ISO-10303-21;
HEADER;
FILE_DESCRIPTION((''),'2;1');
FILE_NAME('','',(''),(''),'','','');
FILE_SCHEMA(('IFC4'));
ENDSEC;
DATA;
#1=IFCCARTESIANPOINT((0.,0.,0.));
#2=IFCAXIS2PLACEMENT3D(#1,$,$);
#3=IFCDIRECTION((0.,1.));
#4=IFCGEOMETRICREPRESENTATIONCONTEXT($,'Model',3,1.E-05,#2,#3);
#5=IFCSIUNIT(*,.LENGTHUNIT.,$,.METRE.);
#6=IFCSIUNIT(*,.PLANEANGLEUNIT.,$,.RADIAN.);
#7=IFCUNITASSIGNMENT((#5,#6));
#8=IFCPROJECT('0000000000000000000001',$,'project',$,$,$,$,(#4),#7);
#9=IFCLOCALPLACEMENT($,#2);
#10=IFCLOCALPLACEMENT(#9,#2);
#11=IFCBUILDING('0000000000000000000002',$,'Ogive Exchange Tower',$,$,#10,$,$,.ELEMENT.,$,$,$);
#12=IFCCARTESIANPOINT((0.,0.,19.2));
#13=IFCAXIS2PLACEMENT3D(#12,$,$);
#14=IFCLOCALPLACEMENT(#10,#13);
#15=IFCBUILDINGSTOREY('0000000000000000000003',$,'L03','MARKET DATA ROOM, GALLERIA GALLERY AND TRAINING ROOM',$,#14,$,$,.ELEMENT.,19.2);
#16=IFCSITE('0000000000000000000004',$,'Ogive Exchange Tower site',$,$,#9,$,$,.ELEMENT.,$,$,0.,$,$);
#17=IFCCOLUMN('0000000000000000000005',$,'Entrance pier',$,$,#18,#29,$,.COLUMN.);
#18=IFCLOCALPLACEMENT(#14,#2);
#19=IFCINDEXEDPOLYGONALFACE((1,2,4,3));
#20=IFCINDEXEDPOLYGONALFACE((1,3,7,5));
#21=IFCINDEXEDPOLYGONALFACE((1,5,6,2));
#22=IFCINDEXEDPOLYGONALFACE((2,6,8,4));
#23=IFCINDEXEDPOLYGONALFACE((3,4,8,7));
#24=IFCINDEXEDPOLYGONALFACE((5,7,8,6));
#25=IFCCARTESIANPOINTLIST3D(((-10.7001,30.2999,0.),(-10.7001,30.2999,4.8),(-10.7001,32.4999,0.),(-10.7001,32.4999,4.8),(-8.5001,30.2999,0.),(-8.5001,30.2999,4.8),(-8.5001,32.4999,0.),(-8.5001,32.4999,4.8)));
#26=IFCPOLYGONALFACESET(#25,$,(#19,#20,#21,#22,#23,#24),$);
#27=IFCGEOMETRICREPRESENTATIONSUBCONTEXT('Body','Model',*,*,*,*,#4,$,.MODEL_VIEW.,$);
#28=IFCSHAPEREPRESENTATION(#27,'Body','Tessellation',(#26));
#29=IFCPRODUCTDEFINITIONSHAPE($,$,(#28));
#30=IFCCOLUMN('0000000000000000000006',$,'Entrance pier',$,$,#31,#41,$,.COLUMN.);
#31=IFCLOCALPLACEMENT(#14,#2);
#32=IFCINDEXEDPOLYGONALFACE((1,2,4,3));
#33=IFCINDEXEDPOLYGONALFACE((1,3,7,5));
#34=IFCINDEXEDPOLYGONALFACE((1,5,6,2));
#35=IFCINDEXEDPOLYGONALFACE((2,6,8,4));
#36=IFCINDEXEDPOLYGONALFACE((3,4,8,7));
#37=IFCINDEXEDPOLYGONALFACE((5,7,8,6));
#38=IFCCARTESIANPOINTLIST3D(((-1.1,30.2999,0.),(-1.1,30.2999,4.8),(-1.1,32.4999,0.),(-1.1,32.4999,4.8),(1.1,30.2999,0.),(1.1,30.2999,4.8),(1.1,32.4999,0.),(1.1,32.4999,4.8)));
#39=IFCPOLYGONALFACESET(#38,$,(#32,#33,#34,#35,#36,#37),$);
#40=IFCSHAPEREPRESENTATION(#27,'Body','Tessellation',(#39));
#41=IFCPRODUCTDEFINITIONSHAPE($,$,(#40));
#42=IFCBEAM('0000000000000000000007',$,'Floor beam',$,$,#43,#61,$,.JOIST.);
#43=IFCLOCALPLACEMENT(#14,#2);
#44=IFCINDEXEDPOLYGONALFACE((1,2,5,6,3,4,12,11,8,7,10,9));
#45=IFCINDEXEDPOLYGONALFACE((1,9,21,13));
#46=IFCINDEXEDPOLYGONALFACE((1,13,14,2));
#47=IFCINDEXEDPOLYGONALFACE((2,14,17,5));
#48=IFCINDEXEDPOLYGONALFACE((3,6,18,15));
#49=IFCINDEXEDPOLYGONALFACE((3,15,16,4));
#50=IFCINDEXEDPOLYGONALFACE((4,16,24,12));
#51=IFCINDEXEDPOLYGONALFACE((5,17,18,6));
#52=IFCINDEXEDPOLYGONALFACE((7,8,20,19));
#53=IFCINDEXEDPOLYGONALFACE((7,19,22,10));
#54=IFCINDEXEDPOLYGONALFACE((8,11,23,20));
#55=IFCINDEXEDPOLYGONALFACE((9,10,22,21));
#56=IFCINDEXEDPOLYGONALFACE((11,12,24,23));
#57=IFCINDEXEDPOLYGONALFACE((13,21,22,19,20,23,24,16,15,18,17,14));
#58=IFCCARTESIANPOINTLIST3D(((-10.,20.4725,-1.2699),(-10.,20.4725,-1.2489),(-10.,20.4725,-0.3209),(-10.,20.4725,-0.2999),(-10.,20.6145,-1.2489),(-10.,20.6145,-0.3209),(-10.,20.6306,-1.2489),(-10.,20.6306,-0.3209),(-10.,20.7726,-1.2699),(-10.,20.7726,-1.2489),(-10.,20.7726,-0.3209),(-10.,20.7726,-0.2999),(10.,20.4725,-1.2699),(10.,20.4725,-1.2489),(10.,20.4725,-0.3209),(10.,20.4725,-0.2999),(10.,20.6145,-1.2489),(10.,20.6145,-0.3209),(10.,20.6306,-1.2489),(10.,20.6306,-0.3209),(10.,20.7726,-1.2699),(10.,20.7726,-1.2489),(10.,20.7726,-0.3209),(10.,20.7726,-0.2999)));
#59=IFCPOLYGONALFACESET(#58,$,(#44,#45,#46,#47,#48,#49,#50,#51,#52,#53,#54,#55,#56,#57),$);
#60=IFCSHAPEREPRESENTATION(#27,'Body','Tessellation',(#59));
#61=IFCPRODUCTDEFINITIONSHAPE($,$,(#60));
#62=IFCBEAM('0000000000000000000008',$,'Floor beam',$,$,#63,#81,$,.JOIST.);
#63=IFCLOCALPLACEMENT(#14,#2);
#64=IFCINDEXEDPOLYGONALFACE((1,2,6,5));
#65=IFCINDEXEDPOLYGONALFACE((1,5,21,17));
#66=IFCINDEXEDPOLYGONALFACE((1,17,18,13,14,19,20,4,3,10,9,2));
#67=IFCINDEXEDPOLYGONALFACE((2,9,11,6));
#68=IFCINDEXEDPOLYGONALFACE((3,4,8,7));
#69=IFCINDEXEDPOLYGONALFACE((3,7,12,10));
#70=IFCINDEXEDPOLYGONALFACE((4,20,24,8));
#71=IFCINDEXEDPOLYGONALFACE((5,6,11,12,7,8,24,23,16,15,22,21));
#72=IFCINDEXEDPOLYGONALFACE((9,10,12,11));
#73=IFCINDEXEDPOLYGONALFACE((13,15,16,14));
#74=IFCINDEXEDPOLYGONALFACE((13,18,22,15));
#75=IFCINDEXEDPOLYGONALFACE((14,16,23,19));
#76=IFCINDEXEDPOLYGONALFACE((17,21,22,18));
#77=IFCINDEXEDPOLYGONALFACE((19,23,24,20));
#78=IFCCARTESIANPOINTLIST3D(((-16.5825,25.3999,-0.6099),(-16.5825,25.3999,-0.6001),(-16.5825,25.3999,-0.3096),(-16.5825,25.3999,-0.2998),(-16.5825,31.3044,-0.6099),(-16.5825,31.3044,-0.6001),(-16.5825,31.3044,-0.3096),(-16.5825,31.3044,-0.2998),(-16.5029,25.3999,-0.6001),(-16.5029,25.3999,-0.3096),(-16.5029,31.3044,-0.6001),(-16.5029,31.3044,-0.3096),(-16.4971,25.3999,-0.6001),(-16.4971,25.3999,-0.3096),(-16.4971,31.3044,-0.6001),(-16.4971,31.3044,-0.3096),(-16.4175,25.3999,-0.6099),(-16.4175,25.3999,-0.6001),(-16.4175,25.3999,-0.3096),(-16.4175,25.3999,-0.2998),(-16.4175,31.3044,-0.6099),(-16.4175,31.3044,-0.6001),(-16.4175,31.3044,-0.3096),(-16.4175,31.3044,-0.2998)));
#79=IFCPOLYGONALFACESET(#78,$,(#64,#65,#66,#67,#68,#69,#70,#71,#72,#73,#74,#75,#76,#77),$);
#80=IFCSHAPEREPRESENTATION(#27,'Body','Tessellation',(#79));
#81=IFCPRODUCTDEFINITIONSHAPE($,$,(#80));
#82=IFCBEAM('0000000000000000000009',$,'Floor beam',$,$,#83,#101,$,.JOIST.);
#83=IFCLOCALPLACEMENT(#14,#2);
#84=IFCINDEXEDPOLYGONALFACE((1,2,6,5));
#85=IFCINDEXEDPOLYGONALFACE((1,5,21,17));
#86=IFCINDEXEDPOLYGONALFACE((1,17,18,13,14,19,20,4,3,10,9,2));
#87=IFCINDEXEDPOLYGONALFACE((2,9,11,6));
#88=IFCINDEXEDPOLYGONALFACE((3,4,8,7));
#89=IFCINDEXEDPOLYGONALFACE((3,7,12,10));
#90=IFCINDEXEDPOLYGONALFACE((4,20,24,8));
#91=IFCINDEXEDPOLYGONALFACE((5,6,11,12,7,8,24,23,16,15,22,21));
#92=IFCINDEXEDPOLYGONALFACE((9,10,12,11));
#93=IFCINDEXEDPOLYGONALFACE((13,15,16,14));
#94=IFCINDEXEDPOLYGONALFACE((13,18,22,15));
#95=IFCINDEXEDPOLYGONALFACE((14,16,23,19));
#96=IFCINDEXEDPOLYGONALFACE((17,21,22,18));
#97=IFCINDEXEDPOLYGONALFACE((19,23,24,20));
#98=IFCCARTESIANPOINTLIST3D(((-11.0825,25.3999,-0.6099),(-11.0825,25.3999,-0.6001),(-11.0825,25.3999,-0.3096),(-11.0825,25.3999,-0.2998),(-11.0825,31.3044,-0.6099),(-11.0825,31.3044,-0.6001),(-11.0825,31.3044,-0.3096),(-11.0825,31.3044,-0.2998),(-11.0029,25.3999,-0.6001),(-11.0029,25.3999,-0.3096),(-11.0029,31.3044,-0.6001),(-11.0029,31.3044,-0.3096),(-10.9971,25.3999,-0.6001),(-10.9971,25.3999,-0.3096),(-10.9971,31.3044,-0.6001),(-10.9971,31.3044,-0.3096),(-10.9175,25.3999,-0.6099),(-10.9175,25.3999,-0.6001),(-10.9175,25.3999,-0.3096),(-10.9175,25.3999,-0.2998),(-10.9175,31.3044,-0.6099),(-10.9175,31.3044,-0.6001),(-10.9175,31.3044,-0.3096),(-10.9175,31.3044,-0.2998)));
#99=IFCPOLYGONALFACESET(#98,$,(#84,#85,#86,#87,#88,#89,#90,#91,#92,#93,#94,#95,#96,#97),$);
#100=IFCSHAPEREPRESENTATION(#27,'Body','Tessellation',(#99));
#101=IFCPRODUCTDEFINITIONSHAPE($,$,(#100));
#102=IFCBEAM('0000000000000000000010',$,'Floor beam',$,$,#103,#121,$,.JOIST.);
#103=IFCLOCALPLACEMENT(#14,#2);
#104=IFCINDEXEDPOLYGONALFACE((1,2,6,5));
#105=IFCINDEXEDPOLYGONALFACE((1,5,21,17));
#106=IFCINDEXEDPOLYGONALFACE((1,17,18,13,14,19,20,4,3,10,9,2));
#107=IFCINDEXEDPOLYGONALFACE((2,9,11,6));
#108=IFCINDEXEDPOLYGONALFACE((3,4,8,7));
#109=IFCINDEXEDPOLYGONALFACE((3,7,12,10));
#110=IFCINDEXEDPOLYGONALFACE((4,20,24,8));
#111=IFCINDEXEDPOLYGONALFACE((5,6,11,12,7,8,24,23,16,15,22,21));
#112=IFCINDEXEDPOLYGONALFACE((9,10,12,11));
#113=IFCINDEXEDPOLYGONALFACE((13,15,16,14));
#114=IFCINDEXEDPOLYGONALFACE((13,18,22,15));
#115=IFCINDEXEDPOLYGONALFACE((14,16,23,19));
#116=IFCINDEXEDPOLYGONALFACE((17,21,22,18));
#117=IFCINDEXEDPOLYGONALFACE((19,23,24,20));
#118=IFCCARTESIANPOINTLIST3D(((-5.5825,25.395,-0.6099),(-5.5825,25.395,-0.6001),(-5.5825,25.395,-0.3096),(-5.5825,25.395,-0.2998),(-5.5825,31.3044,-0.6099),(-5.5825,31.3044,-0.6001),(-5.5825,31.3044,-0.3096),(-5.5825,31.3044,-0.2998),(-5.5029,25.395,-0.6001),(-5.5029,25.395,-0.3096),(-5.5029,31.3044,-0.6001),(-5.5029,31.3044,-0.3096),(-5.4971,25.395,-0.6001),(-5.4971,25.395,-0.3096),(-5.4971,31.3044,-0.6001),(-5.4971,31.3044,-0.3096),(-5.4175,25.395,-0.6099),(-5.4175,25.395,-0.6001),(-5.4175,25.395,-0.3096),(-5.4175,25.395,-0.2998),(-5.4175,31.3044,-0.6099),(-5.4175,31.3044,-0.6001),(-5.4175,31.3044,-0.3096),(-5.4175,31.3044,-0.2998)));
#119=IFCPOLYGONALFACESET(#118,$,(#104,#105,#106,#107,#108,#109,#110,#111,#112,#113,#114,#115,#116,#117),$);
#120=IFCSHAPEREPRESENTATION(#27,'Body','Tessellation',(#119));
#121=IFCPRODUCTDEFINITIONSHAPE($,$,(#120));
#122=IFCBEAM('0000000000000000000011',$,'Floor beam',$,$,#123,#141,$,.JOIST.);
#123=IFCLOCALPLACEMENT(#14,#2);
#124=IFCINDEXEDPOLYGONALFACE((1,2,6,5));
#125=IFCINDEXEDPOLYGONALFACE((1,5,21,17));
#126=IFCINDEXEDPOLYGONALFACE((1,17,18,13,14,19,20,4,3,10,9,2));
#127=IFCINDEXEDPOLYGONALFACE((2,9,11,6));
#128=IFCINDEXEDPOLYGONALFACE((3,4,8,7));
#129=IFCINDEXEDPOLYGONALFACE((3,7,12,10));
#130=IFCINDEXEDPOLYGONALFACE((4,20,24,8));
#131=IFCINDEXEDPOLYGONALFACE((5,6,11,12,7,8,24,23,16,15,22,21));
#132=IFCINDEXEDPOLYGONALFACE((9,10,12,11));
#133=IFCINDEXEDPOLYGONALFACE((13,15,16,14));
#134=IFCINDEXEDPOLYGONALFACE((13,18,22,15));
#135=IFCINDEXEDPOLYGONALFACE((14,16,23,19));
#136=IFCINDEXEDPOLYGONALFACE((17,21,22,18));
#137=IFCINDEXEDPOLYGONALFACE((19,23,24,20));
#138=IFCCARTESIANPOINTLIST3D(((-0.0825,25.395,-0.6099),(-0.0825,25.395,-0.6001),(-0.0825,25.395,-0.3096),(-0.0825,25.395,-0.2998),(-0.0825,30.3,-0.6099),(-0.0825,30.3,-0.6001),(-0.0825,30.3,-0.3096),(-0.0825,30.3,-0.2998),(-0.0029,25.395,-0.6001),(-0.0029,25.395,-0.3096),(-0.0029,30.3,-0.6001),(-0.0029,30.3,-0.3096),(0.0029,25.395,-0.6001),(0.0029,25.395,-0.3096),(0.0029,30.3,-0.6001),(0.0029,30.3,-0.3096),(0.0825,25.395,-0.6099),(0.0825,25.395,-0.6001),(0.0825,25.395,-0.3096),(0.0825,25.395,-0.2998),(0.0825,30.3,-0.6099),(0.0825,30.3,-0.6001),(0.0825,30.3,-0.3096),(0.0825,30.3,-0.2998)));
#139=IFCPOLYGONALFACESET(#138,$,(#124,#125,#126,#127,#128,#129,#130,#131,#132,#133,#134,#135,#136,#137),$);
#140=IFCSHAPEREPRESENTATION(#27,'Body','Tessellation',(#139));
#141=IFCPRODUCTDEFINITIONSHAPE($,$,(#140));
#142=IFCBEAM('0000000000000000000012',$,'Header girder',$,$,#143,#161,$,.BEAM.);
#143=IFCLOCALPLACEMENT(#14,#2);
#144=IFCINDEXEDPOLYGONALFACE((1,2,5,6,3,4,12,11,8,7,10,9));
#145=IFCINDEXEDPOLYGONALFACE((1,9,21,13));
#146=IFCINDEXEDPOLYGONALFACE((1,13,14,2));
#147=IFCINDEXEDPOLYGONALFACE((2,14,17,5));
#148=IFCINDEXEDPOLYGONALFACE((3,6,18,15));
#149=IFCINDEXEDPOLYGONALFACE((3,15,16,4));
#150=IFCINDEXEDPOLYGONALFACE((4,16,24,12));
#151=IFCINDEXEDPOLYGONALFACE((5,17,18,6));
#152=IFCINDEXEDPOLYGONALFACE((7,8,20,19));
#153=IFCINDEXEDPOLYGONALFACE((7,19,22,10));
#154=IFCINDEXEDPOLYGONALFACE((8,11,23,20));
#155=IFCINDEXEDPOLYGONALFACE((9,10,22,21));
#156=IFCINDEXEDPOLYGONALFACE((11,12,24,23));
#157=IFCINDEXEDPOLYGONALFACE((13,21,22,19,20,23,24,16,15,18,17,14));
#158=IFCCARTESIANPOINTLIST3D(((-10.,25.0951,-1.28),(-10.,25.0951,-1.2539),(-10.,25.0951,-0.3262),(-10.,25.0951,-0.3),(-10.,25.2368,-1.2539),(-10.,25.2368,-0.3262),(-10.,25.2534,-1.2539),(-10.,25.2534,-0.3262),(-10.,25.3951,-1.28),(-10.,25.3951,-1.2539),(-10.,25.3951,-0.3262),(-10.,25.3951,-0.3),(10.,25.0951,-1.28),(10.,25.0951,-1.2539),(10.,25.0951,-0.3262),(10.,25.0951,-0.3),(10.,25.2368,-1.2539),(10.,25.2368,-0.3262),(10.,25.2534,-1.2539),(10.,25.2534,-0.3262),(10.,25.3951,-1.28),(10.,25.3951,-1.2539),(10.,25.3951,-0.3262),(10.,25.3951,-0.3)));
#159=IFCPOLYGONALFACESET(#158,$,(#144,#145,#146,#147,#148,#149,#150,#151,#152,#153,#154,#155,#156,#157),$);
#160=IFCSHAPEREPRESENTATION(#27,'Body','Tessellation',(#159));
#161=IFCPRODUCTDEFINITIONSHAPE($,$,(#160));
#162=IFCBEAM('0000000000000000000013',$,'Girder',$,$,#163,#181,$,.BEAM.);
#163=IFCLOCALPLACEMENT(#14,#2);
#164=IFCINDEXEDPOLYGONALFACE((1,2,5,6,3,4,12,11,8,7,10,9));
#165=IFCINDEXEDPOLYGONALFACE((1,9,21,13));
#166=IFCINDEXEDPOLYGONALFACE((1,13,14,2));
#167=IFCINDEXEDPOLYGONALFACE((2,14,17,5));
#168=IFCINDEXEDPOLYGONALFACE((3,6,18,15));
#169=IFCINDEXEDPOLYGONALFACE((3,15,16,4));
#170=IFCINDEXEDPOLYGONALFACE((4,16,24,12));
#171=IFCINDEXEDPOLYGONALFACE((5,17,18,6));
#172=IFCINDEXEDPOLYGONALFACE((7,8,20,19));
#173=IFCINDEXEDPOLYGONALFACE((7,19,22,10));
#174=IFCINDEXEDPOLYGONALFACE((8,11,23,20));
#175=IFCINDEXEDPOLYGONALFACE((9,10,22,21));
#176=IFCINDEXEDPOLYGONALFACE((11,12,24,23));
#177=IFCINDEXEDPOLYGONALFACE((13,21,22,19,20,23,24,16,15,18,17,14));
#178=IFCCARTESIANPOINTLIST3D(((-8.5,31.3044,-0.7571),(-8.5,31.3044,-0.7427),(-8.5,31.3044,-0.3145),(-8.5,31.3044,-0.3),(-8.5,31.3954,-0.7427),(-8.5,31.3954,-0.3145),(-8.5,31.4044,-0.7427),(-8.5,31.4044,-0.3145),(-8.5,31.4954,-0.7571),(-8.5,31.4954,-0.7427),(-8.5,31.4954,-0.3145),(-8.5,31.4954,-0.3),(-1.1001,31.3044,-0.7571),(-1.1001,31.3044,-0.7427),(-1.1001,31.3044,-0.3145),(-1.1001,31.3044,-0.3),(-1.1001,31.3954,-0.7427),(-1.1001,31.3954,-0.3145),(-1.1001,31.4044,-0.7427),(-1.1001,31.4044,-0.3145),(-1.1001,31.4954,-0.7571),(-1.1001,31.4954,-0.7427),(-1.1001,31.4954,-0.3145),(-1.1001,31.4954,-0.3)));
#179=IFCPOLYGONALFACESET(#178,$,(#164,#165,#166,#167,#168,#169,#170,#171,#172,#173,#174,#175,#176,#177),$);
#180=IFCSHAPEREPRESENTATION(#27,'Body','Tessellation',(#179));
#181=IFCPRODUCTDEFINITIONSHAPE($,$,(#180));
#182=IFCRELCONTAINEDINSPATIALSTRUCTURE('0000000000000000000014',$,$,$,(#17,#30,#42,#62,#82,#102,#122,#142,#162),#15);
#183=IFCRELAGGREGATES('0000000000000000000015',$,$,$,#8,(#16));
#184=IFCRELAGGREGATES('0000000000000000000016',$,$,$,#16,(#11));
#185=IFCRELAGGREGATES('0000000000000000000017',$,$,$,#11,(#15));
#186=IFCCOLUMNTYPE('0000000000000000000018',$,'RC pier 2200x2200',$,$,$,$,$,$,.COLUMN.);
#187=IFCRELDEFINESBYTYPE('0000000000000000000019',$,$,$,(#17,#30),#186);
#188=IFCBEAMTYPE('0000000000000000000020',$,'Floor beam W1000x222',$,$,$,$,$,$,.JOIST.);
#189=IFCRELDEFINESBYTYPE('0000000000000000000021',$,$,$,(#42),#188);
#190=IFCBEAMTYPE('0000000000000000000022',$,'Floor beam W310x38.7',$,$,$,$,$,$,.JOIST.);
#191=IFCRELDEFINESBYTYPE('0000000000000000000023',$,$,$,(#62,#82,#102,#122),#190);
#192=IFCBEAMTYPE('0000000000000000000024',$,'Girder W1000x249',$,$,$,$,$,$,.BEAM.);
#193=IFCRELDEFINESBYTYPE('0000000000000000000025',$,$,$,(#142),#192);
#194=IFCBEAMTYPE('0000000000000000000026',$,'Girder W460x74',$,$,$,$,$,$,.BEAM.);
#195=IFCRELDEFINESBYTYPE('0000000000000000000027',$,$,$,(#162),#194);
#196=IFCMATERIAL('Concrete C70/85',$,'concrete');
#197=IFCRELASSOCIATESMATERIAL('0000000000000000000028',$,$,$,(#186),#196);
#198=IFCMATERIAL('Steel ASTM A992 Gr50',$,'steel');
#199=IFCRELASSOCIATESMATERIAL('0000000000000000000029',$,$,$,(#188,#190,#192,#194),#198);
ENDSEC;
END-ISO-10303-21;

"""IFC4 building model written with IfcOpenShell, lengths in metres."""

from ifc_helpers import new_model, si_unit, direction, frame, origin, origin_2d, place, context, subcontext, project, spatial, rectangle, i_section, extrude, material, material_profile, profile_set, type_object, element, save


model = new_model("IFC4")

# Units and contexts
model_context = context("Model", 3, precision=1e-05, world=origin(), true_north=direction((0.0, 1.0)))
body_context = subcontext(model_context, "Body", "Model", "MODEL_VIEW")
ifc_project = project(units=[si_unit("LENGTHUNIT", "METRE"), si_unit("PLANEANGLEUNIT", "RADIAN")], contexts=[model_context])

# Site, building, storey
site_placement = place(None, origin())
site = spatial("IfcSite", under=ifc_project, at=site_placement, Name="Ogive Exchange Tower site", CompositionType="ELEMENT", RefElevation=0.0)
building_placement = place(site_placement, origin())
building = spatial("IfcBuilding", under=site, at=building_placement, Name="Ogive Exchange Tower", CompositionType="ELEMENT")
storey_placement = place(building_placement, frame((0.0, 0.0, 19.2)))
storey = spatial("IfcBuildingStorey", under=building, at=storey_placement, Name="L03", Description="MARKET DATA ROOM, GALLERIA GALLERY AND TRAINING ROOM", CompositionType="ELEMENT", Elevation=19.2)

# Columns
ifc_material_1 = material(Name="Concrete C70/85", Category="concrete")
ifc_material_profile_1 = material_profile(ifc_material_1, rectangle(XDim=2.2, YDim=2.2, at=origin_2d()), Name="RC 2200x2200")
ifc_profile_set_1 = profile_set([ifc_material_profile_1], Name="Concrete C70/85")
column_type = type_object("IfcColumnType", Name="RC pier 2200x2200", PredefinedType="COLUMN", material=ifc_profile_set_1)
for number, where, z_axis, x_axis, name in (
    (1, (-9.6001, 31.3999, 0.0), (0.0, 0.0, 1.0), (1.0, 0.0, 0.0), "Entrance pier"),
    (2, (0.0, 31.3999, 0.0), (0.0, 0.0, 1.0), (1.0, 0.0, 0.0), "Entrance pier"),
):
    element("IfcColumn", number, at=place(storey_placement, frame(where, z_axis=z_axis, x_axis=x_axis)), inside=storey, type_object=column_type, Name=name, PredefinedType="COLUMN", context=body_context, shape_type="SweptSolid", body=[
        extrude(rectangle(XDim=2.2, YDim=2.2, at=origin_2d()), origin(), (0.0, 0.0, 1.0), 4.8),
    ])

# Beams
ifc_material_2 = material(Name="Steel ASTM A992 Gr50", Category="steel")
ifc_material_profile_2 = material_profile(ifc_material_2, i_section(OverallWidth=0.3, OverallDepth=0.97, WebThickness=0.0161, FlangeThickness=0.021, at=origin_2d()), Name="W1000x222")
ifc_profile_set_2 = profile_set([ifc_material_profile_2], Name="Steel ASTM A992 Gr50")
beam_type_1 = type_object("IfcBeamType", Name="Floor beam W1000x222", PredefinedType="JOIST", material=ifc_profile_set_2)
beam_1_placement = place(storey_placement, frame((-10.0, 20.6226, -0.7849), z_axis=(1.0, 0.0, 0.0), x_axis=(0.0, 1.0, 0.0)))
element("IfcBeam", 3, at=beam_1_placement, inside=storey, type_object=beam_type_1, Name="Floor beam", PredefinedType="JOIST", context=body_context, shape_type="SweptSolid", body=[
    extrude(i_section(OverallWidth=0.3, OverallDepth=0.97, WebThickness=0.0161, FlangeThickness=0.021, at=origin_2d()), origin(), (0.0, 0.0, 1.0), 20.0),
])
ifc_material_profile_3 = material_profile(ifc_material_2, i_section(OverallWidth=0.165, OverallDepth=0.3101, WebThickness=0.0059, FlangeThickness=0.0098, at=origin_2d()), Name="W310x38.7")
ifc_profile_set_3 = profile_set([ifc_material_profile_3], Name="Steel ASTM A992 Gr50")
beam_type_2 = type_object("IfcBeamType", Name="Floor beam W310x38.7", PredefinedType="JOIST", material=ifc_profile_set_3)
for number, where, z_axis, x_axis, name in (
    (4, (-16.5, 25.3999, -0.4548), (0.0, 1.0, 0.0), (-1.0, 0.0, 0.0), "Floor beam"),
    (5, (-11.0, 25.3999, -0.4548), (0.0, 1.0, 0.0), (-1.0, 0.0, 0.0), "Floor beam"),
):
    element("IfcBeam", number, at=place(storey_placement, frame(where, z_axis=z_axis, x_axis=x_axis)), inside=storey, type_object=beam_type_2, Name=name, PredefinedType="JOIST", context=body_context, shape_type="SweptSolid", body=[
        extrude(i_section(OverallWidth=0.165, OverallDepth=0.3101, WebThickness=0.0059, FlangeThickness=0.0098, at=origin_2d()), origin(), (0.0, 0.0, 1.0), 5.9045),
    ])
beam_2_placement = place(storey_placement, frame((-5.5, 25.395, -0.4548), z_axis=(0.0, 1.0, 0.0), x_axis=(-1.0, 0.0, 0.0)))
element("IfcBeam", 6, at=beam_2_placement, inside=storey, type_object=beam_type_2, Name="Floor beam", PredefinedType="JOIST", context=body_context, shape_type="SweptSolid", body=[
    extrude(i_section(OverallWidth=0.165, OverallDepth=0.3101, WebThickness=0.0059, FlangeThickness=0.0098, at=origin_2d()), origin(), (0.0, 0.0, 1.0), 5.9094),
])
beam_3_placement = place(storey_placement, frame((0.0, 25.395, -0.4548), z_axis=(0.0, 1.0, 0.0), x_axis=(-1.0, 0.0, 0.0)))
element("IfcBeam", 7, at=beam_3_placement, inside=storey, type_object=beam_type_2, Name="Floor beam", PredefinedType="JOIST", context=body_context, shape_type="SweptSolid", body=[
    extrude(i_section(OverallWidth=0.165, OverallDepth=0.3101, WebThickness=0.0059, FlangeThickness=0.0098, at=origin_2d()), origin(), (0.0, 0.0, 1.0), 4.905),
])
ifc_material_profile_4 = material_profile(ifc_material_2, i_section(OverallWidth=0.3, OverallDepth=0.98, WebThickness=0.0166, FlangeThickness=0.0261, at=origin_2d()), Name="W1000x249")
ifc_profile_set_4 = profile_set([ifc_material_profile_4], Name="Steel ASTM A992 Gr50")
beam_type_3 = type_object("IfcBeamType", Name="Girder W1000x249", PredefinedType="BEAM", material=ifc_profile_set_4)
beam_4_placement = place(storey_placement, frame((-10.0, 25.2451, -0.79), z_axis=(1.0, 0.0, 0.0), x_axis=(0.0, 1.0, 0.0)))
element("IfcBeam", 8, at=beam_4_placement, inside=storey, type_object=beam_type_3, Name="Header girder", PredefinedType="BEAM", context=body_context, shape_type="SweptSolid", body=[
    extrude(i_section(OverallWidth=0.3, OverallDepth=0.98, WebThickness=0.0166, FlangeThickness=0.0261, at=origin_2d()), origin(), (0.0, 0.0, 1.0), 20.0),
])
ifc_material_profile_5 = material_profile(ifc_material_2, i_section(OverallWidth=0.1909, OverallDepth=0.457, WebThickness=0.009, FlangeThickness=0.0144, at=origin_2d()), Name="W460x74")
ifc_profile_set_5 = profile_set([ifc_material_profile_5], Name="Steel ASTM A992 Gr50")
beam_type_4 = type_object("IfcBeamType", Name="Girder W460x74", PredefinedType="BEAM", material=ifc_profile_set_5)
beam_5_placement = place(storey_placement, frame((-1.1001, 31.3999, -0.5286), z_axis=(-1.0, 0.0, 0.0), x_axis=(0.0, -1.0, 0.0)))
element("IfcBeam", 9, at=beam_5_placement, inside=storey, type_object=beam_type_4, Name="Girder", PredefinedType="BEAM", context=body_context, shape_type="SweptSolid", body=[
    extrude(i_section(OverallWidth=0.1909, OverallDepth=0.457, WebThickness=0.009, FlangeThickness=0.0144, at=origin_2d()), origin(), (0.0, 0.0, 1.0), 7.3999),
])

save(model, "model.ifc")
